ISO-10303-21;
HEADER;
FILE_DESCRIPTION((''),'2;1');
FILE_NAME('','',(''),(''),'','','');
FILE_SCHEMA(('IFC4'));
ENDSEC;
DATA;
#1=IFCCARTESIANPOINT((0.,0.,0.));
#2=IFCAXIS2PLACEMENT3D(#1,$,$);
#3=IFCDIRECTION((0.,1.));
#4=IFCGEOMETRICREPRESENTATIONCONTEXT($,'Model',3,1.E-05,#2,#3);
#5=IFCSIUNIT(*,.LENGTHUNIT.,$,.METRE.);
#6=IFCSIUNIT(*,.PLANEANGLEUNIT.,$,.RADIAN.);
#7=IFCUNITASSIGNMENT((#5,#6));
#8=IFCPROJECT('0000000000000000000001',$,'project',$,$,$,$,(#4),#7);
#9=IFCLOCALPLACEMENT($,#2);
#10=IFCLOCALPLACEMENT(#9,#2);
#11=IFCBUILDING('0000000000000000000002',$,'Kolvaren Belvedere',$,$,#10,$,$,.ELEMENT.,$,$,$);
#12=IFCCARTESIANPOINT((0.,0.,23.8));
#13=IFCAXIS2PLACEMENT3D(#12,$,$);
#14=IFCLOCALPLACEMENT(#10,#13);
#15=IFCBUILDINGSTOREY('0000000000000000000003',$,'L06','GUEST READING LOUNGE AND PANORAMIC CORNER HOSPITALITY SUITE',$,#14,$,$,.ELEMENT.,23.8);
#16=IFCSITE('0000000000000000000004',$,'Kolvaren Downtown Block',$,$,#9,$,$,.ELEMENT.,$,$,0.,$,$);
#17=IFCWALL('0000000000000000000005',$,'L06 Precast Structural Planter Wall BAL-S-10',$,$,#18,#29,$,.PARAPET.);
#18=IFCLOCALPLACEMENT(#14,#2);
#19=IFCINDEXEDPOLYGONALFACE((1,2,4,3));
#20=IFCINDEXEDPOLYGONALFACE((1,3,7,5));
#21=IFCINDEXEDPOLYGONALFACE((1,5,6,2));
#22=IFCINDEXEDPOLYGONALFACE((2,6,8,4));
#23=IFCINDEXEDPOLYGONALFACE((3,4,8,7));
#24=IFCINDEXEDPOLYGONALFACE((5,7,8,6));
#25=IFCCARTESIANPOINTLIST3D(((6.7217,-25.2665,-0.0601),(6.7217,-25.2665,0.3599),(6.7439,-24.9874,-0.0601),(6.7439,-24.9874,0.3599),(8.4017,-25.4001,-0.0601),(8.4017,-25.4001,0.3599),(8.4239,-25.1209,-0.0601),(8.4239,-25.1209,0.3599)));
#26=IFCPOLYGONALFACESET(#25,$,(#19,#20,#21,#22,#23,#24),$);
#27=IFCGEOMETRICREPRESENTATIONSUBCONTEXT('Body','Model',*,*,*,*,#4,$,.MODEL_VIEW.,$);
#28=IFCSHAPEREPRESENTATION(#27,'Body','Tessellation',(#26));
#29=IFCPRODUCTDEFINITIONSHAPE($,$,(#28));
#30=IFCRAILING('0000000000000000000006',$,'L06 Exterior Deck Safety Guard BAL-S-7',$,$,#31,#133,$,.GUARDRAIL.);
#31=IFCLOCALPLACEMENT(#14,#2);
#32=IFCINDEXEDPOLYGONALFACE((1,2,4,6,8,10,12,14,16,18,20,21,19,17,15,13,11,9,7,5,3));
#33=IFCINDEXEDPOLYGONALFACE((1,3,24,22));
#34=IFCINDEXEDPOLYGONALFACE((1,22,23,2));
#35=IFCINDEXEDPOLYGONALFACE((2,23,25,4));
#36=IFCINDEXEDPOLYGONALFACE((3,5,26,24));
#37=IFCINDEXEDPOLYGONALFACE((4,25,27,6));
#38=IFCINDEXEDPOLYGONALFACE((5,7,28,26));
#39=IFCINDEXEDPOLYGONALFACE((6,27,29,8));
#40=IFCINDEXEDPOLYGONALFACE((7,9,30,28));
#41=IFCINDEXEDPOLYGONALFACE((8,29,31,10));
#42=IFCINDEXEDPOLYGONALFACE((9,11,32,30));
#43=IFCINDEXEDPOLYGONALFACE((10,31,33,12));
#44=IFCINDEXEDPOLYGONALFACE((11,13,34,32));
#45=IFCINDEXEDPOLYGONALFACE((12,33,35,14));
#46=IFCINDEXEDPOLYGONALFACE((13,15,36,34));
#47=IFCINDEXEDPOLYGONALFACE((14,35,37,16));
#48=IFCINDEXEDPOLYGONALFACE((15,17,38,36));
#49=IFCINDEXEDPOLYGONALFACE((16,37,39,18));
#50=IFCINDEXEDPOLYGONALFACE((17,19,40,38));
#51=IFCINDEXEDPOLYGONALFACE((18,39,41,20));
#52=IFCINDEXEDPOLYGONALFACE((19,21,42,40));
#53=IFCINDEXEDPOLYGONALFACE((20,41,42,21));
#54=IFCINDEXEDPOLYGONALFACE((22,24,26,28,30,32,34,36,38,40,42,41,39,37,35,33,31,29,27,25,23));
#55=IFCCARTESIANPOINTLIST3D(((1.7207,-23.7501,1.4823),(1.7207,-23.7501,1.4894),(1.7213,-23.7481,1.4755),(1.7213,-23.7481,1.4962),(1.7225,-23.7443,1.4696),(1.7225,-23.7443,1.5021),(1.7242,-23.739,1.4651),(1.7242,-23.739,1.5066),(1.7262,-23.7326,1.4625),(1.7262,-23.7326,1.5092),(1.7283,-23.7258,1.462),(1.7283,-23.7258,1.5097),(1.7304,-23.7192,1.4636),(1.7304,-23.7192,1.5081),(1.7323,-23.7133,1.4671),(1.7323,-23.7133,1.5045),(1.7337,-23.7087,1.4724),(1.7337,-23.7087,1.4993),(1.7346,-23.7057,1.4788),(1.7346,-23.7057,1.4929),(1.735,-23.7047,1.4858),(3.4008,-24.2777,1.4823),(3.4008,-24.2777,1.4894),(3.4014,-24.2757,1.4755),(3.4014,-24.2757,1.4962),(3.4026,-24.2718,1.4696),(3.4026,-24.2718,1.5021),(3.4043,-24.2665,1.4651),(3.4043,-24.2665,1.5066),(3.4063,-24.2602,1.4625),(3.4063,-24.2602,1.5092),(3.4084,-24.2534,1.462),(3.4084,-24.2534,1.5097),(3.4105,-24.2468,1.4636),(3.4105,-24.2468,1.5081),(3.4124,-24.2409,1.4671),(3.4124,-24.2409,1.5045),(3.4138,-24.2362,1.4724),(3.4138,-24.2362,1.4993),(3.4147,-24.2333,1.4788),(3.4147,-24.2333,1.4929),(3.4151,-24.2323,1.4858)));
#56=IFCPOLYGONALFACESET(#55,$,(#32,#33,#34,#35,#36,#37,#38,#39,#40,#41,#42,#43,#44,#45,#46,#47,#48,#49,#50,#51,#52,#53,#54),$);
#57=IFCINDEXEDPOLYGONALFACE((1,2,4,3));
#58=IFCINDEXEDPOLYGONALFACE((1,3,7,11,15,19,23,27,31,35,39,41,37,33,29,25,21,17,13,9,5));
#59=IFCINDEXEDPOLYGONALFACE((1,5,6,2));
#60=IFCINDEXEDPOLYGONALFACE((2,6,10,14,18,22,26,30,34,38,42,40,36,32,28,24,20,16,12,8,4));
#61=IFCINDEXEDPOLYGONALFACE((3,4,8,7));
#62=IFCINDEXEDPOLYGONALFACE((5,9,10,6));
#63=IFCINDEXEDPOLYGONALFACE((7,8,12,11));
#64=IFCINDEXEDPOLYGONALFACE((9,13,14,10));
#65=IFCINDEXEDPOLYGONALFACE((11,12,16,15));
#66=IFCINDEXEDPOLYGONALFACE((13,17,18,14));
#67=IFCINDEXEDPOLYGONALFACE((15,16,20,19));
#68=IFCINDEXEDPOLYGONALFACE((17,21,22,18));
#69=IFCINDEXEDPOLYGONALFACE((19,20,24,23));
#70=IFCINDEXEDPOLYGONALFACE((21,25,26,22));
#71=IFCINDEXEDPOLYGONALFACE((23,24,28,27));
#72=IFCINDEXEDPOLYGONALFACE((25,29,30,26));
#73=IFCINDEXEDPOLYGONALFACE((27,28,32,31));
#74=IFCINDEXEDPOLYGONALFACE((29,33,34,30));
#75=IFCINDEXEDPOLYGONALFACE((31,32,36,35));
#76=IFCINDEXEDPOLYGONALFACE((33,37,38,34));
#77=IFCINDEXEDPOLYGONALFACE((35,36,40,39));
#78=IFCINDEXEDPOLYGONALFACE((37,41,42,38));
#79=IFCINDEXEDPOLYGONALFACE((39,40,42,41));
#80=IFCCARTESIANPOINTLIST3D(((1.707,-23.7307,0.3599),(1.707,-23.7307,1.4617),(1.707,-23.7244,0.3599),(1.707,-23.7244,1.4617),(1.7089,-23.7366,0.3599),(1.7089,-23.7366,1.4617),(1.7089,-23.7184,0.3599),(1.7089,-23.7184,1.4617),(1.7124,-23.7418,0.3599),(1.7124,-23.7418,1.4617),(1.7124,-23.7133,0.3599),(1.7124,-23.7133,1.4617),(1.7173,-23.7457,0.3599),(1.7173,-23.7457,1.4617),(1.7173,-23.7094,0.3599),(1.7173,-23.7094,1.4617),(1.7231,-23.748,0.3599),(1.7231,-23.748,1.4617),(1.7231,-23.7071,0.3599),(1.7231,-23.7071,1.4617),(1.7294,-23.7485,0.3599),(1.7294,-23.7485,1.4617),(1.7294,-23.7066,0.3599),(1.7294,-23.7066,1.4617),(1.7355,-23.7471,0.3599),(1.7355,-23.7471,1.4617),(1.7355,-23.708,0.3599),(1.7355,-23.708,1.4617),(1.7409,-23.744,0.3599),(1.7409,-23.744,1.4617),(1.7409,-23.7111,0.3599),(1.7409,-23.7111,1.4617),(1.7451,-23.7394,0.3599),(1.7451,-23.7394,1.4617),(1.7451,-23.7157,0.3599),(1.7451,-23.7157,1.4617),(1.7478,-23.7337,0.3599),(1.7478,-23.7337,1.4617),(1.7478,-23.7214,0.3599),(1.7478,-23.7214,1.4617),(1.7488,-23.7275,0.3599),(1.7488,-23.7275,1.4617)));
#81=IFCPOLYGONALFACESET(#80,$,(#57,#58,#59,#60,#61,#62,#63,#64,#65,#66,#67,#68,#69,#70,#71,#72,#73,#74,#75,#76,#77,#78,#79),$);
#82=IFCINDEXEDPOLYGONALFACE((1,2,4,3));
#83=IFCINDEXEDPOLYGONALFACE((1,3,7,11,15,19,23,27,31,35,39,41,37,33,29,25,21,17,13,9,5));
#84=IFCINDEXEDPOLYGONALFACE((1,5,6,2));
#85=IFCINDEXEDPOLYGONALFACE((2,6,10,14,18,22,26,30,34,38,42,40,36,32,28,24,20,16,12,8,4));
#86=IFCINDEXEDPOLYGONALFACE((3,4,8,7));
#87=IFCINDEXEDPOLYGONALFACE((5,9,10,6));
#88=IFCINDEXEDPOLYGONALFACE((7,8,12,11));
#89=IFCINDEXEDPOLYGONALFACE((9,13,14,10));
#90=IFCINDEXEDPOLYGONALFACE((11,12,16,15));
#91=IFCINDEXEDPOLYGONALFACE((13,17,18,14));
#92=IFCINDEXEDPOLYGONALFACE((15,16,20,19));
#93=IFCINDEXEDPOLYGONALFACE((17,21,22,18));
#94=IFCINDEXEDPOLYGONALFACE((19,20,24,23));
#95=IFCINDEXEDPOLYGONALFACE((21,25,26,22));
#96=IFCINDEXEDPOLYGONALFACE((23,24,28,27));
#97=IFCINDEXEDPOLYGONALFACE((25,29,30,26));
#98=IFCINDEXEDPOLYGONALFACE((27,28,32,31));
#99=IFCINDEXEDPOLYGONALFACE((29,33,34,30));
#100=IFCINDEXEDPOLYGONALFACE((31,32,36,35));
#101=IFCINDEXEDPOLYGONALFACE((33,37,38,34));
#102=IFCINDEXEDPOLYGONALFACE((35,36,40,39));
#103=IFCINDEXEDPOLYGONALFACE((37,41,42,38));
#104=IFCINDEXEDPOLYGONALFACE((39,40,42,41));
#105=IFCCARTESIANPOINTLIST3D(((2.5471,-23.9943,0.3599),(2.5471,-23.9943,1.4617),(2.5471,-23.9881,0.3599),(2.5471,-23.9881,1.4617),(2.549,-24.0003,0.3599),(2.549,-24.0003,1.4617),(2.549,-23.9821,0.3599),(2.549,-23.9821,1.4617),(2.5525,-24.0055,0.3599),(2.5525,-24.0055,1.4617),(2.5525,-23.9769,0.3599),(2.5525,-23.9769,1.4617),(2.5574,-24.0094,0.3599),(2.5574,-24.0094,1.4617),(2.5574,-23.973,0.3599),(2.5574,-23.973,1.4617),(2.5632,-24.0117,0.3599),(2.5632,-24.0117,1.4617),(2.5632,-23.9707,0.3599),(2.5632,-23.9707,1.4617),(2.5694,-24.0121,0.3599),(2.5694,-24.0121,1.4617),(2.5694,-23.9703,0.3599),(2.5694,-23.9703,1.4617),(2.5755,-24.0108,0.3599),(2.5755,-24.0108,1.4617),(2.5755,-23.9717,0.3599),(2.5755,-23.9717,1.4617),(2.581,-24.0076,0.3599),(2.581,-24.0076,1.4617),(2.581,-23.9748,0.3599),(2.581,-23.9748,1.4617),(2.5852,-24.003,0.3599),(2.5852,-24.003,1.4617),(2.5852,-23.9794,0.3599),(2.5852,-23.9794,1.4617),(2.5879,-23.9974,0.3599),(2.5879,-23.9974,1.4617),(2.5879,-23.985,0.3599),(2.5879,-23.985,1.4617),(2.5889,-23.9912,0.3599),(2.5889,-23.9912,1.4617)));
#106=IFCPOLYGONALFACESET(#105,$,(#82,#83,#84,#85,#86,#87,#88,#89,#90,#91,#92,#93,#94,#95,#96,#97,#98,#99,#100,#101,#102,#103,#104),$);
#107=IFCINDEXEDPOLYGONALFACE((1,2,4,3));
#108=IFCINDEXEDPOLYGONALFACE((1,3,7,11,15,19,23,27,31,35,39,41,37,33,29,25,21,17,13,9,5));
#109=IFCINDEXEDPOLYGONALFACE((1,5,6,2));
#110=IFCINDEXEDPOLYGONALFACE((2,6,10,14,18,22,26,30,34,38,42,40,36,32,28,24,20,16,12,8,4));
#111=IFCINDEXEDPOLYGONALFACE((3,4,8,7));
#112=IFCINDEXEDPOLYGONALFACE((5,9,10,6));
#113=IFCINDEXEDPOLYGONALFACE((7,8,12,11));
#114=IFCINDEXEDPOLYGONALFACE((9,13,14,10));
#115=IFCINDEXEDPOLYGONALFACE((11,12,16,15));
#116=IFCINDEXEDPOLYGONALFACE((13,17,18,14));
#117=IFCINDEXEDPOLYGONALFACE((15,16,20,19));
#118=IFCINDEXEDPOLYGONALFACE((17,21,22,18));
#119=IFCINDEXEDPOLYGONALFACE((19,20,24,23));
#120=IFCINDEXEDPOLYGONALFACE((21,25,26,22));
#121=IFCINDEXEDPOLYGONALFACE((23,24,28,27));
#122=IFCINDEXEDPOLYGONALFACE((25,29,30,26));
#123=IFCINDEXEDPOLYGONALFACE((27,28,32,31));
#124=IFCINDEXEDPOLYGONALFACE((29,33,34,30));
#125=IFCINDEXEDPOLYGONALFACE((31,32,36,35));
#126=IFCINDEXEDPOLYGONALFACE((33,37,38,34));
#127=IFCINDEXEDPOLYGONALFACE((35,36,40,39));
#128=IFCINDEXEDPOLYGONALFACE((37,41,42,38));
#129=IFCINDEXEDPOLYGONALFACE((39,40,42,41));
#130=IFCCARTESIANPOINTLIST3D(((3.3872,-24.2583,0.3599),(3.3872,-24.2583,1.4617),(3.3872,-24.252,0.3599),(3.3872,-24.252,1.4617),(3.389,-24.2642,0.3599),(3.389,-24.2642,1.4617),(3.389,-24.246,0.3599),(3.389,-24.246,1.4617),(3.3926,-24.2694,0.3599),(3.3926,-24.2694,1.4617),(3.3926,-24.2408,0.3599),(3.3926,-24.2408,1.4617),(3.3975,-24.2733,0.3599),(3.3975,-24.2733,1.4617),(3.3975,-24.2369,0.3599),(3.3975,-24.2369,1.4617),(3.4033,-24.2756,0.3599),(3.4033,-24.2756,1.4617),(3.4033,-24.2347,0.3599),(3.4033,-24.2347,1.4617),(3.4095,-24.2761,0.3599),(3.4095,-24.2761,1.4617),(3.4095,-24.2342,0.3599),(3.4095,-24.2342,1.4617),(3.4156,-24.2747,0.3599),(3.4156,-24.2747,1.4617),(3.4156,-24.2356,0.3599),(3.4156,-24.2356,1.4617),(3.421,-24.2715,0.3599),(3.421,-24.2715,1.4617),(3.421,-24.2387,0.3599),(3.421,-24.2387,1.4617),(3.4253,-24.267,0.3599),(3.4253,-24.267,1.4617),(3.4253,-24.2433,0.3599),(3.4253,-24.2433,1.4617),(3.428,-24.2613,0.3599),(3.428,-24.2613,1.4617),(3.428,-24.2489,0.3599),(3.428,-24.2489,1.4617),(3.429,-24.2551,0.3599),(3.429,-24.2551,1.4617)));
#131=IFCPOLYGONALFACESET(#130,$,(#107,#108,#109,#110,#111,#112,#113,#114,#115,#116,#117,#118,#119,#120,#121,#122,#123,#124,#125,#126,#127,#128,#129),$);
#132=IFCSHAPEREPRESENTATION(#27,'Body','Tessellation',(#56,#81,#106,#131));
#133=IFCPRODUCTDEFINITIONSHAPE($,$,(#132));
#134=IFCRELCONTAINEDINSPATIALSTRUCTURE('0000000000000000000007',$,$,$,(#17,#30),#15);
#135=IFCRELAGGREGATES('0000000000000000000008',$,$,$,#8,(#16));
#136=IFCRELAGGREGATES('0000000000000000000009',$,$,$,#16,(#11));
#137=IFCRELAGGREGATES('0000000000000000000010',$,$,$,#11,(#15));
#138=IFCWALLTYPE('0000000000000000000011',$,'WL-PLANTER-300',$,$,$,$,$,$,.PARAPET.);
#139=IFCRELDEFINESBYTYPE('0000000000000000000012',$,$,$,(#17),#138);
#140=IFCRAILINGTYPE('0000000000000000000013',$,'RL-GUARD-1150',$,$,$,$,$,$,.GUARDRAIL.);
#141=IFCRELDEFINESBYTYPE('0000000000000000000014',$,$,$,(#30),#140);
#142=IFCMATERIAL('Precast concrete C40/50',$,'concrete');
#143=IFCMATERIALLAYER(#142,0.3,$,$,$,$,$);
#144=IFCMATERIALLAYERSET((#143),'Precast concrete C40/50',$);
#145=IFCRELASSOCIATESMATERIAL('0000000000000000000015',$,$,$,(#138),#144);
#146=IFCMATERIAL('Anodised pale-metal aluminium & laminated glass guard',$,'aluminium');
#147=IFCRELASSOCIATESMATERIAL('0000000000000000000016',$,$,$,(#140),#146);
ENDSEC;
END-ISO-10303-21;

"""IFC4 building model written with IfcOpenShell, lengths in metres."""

from ifc_helpers import new_model, si_unit, direction, frame, frame_2d, origin, origin_2d, place, context, subcontext, project, spatial, rectangle, circle, extrude, material, layer, layer_set, type_object, element, save


model = new_model("IFC4")

# Units and contexts
model_context = context("Model", 3, precision=1e-05, world=origin(), true_north=direction((0.0, 1.0)))
body_context = subcontext(model_context, "Body", "Model", "MODEL_VIEW")
ifc_project = project(units=[si_unit("LENGTHUNIT", "METRE"), si_unit("PLANEANGLEUNIT", "RADIAN")], contexts=[model_context])

# Site, building, storey
site_placement = place(None, origin())
site = spatial("IfcSite", under=ifc_project, at=site_placement, Name="Kolvaren Downtown Block", CompositionType="ELEMENT", RefElevation=0.0)
building_placement = place(site_placement, origin())
building = spatial("IfcBuilding", under=site, at=building_placement, Name="Kolvaren Belvedere", CompositionType="ELEMENT")
storey_placement = place(building_placement, frame((0.0, 0.0, 23.8)))
storey = spatial("IfcBuildingStorey", under=building, at=storey_placement, Name="L06", Description="GUEST READING LOUNGE AND PANORAMIC CORNER HOSPITALITY SUITE", CompositionType="ELEMENT", Elevation=23.8)

# Wall
ifc_material_1 = material(Name="Precast concrete C40/50", Category="concrete")
ifc_layer_1 = layer(ifc_material_1, 0.3)
ifc_layer_set_1 = layer_set([ifc_layer_1], Name="Precast concrete C40/50")
wall_type_1 = type_object("IfcWallType", Name="WL-PLANTER-300", PredefinedType="PARAPET", material=ifc_layer_set_1)
wall_1_placement = place(storey_placement, frame((6.7327, -25.127, -0.0601), z_axis=(0.0, 0.0, 1.0), x_axis=(0.996855, -0.079244, 0.0)))
element("IfcWall", 1, at=wall_1_placement, inside=storey, type_object=wall_type_1, Name="L06 Precast Structural Planter Wall BAL-S-10", PredefinedType="PARAPET", context=body_context, shape_type="SweptSolid", body=[
    extrude(rectangle(XDim=1.6853, YDim=0.28, at=frame_2d((0.8428, 0.0))), origin(), (0.0, 0.0, 1.0), 0.4199),
])

# Railing
ifc_material_2 = material(Name="Anodised pale-metal aluminium & laminated glass guard", Category="aluminium")
railing_type = type_object("IfcRailingType", Name="RL-GUARD-1150", PredefinedType="GUARDRAIL", material=ifc_material_2)
railing_1_placement = place(storey_placement, frame((1.7278, -23.7275, 0.3599)))
element("IfcRailing", 2, at=railing_1_placement, inside=storey, type_object=railing_type, Name="L06 Exterior Deck Safety Guard BAL-S-7", PredefinedType="GUARDRAIL", context=body_context, shape_type="SweptSolid", body=[
    extrude(circle(Radius=0.0239, at=origin_2d()), frame((0.0, 0.0, 1.126), z_axis=(0.95407, -0.299585, 0.0), x_axis=(0.299585, 0.95407, 0.0)), (0.0, 0.0, 1.0), 1.761),
    extrude(circle(Radius=0.021, at=origin_2d()), origin(), (0.0, 0.0, 1.0), 1.1018),
    extrude(circle(Radius=0.021, at=origin_2d()), frame((0.8401, -0.2637, 0.0)), (0.0, 0.0, 1.0), 1.1018),
    extrude(circle(Radius=0.021, at=origin_2d()), frame((1.6802, -0.5276, 0.0)), (0.0, 0.0, 1.0), 1.1018),
])

save(model, "model.ifc")
